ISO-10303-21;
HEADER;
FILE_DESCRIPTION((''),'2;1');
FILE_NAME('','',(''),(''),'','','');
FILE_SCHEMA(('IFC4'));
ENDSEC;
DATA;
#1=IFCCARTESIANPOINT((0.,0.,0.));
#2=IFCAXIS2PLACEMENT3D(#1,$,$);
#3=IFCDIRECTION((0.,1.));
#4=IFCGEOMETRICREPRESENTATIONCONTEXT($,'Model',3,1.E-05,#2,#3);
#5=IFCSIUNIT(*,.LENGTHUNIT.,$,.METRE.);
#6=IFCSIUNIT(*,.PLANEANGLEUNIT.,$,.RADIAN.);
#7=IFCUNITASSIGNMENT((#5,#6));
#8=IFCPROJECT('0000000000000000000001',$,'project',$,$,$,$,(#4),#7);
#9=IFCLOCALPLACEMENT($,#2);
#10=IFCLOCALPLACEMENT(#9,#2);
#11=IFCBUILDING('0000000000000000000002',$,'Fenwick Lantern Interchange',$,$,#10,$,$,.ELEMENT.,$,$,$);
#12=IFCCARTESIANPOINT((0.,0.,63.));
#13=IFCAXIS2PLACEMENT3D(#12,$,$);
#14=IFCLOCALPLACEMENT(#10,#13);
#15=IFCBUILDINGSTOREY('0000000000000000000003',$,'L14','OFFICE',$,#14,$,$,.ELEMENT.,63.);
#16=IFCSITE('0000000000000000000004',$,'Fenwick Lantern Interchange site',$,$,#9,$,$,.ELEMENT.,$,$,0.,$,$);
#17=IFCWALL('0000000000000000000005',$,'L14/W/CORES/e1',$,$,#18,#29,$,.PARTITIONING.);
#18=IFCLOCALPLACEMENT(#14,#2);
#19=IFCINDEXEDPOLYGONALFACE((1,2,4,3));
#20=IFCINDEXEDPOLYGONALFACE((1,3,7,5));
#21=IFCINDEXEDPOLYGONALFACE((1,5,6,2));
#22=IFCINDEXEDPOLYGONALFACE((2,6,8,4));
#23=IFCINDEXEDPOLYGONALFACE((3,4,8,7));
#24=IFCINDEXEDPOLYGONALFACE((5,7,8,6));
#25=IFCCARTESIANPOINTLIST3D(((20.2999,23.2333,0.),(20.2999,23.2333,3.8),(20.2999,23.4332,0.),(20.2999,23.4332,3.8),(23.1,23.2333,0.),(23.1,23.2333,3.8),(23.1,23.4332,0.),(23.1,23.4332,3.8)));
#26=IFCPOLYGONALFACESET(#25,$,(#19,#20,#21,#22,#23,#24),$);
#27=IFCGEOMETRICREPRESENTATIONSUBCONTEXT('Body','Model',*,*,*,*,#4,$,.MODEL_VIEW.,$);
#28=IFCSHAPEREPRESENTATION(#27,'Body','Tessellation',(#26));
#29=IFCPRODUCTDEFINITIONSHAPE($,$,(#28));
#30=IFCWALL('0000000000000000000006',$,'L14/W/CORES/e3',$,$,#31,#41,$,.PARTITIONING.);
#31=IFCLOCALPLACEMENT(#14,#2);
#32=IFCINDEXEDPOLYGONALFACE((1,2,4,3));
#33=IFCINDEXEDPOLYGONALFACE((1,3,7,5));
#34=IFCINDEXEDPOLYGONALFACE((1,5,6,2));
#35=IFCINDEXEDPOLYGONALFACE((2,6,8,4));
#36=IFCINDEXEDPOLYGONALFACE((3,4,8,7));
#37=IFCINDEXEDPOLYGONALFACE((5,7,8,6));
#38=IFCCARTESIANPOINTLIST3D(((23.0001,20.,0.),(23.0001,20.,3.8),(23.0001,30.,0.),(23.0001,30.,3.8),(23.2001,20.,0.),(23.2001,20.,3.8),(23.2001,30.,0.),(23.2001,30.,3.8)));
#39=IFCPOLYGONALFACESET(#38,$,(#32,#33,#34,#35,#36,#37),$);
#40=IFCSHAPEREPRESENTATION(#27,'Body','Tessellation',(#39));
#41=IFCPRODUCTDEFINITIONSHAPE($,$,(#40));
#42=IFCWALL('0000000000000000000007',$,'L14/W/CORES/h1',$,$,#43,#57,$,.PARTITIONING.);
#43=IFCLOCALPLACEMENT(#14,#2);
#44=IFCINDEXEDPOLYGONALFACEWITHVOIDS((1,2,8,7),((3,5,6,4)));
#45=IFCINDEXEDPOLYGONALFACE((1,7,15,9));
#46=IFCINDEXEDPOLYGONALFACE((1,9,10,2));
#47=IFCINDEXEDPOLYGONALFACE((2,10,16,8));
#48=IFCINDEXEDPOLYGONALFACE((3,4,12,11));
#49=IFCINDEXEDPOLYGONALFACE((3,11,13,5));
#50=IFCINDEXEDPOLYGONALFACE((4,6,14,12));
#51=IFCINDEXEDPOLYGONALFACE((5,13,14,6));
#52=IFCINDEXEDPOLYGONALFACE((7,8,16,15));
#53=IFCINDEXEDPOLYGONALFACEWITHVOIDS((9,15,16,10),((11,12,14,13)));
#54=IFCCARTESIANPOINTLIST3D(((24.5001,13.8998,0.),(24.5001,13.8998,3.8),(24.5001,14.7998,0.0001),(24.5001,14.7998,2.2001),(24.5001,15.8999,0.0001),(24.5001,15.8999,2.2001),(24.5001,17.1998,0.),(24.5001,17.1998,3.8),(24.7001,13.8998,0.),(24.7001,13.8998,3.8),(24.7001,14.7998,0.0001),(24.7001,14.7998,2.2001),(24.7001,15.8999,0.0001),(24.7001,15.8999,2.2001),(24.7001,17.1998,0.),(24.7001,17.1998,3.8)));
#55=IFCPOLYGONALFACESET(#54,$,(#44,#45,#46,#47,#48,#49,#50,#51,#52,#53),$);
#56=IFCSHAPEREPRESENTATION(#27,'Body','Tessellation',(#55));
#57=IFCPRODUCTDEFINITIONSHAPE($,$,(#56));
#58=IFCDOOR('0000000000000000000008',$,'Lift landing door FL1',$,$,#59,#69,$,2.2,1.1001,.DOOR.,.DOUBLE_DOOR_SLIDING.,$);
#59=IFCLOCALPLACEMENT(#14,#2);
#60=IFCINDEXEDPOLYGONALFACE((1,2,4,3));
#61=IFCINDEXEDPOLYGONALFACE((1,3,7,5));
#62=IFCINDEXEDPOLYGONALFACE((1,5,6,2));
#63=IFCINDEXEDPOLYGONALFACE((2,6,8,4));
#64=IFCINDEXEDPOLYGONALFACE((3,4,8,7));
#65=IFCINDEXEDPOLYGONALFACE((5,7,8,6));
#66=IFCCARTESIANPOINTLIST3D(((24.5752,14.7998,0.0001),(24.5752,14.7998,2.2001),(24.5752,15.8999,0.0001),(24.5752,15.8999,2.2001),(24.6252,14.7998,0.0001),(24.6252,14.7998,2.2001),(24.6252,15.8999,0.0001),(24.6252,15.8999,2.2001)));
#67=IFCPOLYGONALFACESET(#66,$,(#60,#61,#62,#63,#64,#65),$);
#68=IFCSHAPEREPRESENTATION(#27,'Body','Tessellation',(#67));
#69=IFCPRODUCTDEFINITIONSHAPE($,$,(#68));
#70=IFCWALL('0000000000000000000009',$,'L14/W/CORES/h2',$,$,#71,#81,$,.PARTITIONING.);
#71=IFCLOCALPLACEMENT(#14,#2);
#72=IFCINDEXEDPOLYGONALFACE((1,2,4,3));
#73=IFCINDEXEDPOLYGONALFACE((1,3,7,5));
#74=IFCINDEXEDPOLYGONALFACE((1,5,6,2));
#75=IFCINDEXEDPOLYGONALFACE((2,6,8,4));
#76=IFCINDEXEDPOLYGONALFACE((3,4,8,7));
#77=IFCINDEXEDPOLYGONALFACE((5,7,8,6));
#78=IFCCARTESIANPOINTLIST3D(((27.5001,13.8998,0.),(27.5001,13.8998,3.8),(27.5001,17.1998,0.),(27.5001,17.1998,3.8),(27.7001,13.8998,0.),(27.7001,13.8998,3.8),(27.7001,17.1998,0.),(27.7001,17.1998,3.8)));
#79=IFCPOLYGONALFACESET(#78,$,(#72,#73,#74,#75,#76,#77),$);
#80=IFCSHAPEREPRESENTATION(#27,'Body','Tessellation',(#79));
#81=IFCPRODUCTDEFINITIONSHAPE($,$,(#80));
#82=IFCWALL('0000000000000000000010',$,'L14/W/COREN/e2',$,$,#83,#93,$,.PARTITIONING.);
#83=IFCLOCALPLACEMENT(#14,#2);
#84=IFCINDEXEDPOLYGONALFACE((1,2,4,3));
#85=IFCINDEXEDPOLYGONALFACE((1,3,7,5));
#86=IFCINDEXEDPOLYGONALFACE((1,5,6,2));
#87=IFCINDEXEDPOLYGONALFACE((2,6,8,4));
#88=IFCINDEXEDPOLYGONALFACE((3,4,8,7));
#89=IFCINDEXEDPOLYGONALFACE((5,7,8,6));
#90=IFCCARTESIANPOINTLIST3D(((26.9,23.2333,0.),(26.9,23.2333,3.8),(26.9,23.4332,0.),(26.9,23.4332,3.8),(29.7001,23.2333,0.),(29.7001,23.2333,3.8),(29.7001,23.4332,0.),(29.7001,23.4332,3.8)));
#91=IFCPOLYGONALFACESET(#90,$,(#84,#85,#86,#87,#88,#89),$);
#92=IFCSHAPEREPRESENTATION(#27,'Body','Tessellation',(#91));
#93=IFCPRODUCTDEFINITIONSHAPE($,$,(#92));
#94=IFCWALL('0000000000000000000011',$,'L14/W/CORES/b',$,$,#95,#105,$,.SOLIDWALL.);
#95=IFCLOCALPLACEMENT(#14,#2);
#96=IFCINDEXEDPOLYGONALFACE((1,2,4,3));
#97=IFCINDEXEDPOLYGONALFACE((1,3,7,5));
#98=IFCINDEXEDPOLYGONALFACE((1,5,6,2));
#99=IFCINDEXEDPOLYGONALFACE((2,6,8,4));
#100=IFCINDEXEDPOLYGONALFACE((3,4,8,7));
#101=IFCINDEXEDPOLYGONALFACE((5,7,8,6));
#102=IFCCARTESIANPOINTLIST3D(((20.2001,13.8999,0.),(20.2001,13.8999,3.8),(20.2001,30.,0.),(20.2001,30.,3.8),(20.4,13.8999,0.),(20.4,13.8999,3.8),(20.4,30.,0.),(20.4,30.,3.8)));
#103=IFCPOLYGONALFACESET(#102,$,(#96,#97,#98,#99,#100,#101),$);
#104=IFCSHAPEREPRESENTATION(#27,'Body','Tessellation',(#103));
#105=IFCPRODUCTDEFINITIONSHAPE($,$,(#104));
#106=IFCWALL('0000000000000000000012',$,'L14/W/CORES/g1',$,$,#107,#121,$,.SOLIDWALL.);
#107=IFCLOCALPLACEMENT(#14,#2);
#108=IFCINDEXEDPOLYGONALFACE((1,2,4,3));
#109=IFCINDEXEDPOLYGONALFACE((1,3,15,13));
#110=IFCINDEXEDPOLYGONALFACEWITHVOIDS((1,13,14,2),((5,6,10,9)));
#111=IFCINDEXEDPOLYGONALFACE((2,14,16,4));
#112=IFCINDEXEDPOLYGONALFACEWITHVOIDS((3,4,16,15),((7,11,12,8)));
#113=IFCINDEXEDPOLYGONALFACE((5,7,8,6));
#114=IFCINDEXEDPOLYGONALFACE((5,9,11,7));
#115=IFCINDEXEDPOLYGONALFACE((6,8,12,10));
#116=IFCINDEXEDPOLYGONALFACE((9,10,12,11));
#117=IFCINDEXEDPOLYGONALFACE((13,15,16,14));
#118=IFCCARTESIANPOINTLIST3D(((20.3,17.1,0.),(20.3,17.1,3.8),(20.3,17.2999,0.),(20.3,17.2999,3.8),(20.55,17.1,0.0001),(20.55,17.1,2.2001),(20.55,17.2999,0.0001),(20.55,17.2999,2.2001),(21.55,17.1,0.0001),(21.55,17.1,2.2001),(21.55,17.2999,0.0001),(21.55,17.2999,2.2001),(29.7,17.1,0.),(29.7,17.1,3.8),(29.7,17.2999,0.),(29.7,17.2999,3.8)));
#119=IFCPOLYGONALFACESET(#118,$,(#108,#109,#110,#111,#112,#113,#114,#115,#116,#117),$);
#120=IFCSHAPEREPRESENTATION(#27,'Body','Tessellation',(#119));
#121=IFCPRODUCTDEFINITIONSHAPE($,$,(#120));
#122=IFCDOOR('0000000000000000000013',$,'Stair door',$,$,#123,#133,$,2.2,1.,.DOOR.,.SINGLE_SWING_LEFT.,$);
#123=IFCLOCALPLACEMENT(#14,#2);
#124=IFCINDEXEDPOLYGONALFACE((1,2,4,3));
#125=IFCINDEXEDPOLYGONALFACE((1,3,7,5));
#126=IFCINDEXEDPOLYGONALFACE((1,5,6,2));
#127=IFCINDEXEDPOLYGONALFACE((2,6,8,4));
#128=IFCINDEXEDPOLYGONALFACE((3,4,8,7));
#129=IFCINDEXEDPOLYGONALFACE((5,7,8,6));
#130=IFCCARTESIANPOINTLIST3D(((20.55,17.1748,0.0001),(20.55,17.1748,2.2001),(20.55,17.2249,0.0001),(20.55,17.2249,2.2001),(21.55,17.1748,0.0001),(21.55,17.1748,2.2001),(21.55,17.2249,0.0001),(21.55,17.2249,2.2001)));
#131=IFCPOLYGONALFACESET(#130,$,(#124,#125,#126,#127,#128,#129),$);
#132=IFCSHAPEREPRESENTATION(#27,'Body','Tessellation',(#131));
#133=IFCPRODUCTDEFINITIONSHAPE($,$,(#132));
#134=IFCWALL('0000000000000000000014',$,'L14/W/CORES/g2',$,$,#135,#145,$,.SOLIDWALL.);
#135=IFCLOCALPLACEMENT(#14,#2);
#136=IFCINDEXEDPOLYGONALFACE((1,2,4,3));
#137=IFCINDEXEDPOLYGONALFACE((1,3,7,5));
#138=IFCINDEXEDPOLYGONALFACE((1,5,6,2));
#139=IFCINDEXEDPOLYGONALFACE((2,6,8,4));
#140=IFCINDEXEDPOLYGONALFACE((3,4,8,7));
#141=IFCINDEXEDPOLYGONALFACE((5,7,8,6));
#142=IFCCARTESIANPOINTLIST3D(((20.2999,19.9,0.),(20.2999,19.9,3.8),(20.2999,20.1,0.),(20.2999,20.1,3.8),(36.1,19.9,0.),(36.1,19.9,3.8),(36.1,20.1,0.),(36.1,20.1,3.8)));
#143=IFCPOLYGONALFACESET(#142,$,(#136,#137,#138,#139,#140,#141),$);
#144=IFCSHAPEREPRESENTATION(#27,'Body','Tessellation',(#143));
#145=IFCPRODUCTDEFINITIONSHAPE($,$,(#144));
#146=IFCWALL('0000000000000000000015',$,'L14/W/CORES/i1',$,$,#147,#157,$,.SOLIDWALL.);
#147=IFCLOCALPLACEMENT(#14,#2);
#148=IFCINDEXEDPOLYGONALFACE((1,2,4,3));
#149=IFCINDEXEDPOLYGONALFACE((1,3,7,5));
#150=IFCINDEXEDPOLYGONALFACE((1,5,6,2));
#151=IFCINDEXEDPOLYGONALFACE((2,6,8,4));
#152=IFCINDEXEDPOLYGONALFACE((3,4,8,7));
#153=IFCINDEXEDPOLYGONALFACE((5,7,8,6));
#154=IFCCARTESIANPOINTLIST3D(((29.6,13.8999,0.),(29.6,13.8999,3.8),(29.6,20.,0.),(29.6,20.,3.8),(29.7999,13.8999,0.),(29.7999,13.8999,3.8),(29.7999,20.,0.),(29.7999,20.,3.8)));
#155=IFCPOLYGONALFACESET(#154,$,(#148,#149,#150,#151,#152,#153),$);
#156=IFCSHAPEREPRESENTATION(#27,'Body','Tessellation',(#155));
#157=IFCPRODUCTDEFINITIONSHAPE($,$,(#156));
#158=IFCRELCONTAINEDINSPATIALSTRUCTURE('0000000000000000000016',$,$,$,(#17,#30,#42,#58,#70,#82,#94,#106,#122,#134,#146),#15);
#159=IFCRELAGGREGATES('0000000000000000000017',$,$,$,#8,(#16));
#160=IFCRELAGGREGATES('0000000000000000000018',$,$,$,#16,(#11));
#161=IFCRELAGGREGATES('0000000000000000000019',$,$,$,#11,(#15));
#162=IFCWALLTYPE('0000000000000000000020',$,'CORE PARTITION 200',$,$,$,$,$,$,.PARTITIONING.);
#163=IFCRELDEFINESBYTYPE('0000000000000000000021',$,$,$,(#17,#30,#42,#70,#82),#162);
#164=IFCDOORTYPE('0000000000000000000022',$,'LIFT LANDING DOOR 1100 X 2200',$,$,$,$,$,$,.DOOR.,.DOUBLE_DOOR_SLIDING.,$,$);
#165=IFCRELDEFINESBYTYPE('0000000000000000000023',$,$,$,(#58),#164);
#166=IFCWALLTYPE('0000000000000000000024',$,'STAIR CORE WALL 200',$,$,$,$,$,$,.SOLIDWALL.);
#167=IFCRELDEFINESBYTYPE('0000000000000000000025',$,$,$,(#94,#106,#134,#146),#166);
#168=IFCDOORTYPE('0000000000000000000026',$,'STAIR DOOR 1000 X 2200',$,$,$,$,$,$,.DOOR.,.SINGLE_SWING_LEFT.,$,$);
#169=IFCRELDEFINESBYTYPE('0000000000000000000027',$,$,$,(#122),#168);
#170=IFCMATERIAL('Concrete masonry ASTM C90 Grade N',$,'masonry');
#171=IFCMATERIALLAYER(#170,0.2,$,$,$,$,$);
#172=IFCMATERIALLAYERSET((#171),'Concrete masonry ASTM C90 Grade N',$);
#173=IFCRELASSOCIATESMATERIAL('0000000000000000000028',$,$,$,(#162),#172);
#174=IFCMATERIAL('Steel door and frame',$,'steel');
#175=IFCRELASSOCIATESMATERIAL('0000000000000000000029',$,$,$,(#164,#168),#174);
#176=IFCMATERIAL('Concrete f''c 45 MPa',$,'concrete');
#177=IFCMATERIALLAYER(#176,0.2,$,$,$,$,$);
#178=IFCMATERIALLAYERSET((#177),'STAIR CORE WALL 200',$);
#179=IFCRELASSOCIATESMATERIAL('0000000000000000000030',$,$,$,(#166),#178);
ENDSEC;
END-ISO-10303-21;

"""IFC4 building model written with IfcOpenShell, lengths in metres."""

from ifc_helpers import new_model, si_unit, direction, frame, frame_2d, origin, place, context, subcontext, project, spatial, rectangle, extrude, material, layer, layer_set, type_object, element, fill, save


model = new_model("IFC4")

# Units and contexts
model_context = context("Model", 3, precision=1e-05, world=origin(), true_north=direction((0.0, 1.0)))
body_context = subcontext(model_context, "Body", "Model", "MODEL_VIEW")
ifc_project = project(units=[si_unit("LENGTHUNIT", "METRE"), si_unit("PLANEANGLEUNIT", "RADIAN")], contexts=[model_context])

# Site, building, storey
site_placement = place(None, origin())
site = spatial("IfcSite", under=ifc_project, at=site_placement, Name="Fenwick Lantern Interchange site", CompositionType="ELEMENT", RefElevation=0.0)
building_placement = place(site_placement, origin())
building = spatial("IfcBuilding", under=site, at=building_placement, Name="Fenwick Lantern Interchange", CompositionType="ELEMENT")
storey_placement = place(building_placement, frame((0.0, 0.0, 63.0)))
storey = spatial("IfcBuildingStorey", under=building, at=storey_placement, Name="L14", Description="OFFICE", CompositionType="ELEMENT", Elevation=63.0)

# Walls
ifc_material_1 = material(Name="Concrete masonry ASTM C90 Grade N", Category="masonry")
ifc_layer_1 = layer(ifc_material_1, 0.2)
ifc_layer_set_1 = layer_set([ifc_layer_1], Name="Concrete masonry ASTM C90 Grade N")
wall_type_1 = type_object("IfcWallType", Name="CORE PARTITION 200", PredefinedType="PARTITIONING", material=ifc_layer_set_1)
wall_1_placement = place(storey_placement, frame((20.3, 23.3333, 0.0), z_axis=(0.0, 0.0, 1.0), x_axis=(1.0, 0.0, 0.0)))
element("IfcWall", 1, at=wall_1_placement, inside=storey, type_object=wall_type_1, Name="L14/W/CORES/e1", PredefinedType="PARTITIONING", context=body_context, shape_type="SweptSolid", body=[
    extrude(rectangle(XDim=2.8, YDim=0.2, at=frame_2d((1.3999, 0.0))), origin(), (0.0, 0.0, 1.0), 3.8),
])
wall_2_placement = place(storey_placement, frame((23.1001, 20.0, 0.0), z_axis=(0.0, 0.0, 1.0), x_axis=(0.0, 1.0, 0.0)))
element("IfcWall", 2, at=wall_2_placement, inside=storey, type_object=wall_type_1, Name="L14/W/CORES/e3", PredefinedType="PARTITIONING", context=body_context, shape_type="SweptSolid", body=[
    extrude(rectangle(XDim=10.0, YDim=0.2, at=frame_2d((5.0, 0.0))), origin(), (0.0, 0.0, 1.0), 3.8),
])

# Wall, opening, door
wall_3_placement = place(storey_placement, frame((24.6001, 13.8999, 0.0), z_axis=(0.0, 0.0, 1.0), x_axis=(0.0, 1.0, 0.0)))
wall_3 = element("IfcWall", 3, at=wall_3_placement, inside=storey, type_object=wall_type_1, Name="L14/W/CORES/h1", PredefinedType="PARTITIONING", context=body_context, shape_type="SweptSolid", body=[
    extrude(rectangle(XDim=3.3, YDim=0.2, at=frame_2d((1.6499, 0.0))), origin(), (0.0, 0.0, 1.0), 3.8),
])
opening_1_placement = place(wall_3_placement, frame((0.8999, 0.0, 0.0)))
opening_1 = element("IfcOpeningElement", 4, at=opening_1_placement, cuts=wall_3, PredefinedType="OPENING", context=body_context, shape_type="SweptSolid", body=[
    extrude(rectangle(XDim=1.1001, YDim=2.2, at=frame_2d((0.55, 1.1001))), frame((0.0, 0.1099, 0.0), z_axis=(0.0, -1.0, 0.0), x_axis=(1.0, 0.0, 0.0)), (0.0, 0.0, 1.0), 0.22),
])
ifc_material_2 = material(Name="Steel door and frame", Category="steel")
door_type_1 = type_object("IfcDoorType", Name="LIFT LANDING DOOR 1100 X 2200", OperationType="DOUBLE_DOOR_SLIDING", PredefinedType="DOOR", material=ifc_material_2)
door_1_placement = place(opening_1_placement, origin())
door_1 = element("IfcDoor", 5, at=door_1_placement, inside=storey, type_object=door_type_1, Name="Lift landing door FL1", OperationType="DOUBLE_DOOR_SLIDING", OverallHeight=2.2, OverallWidth=1.1001, PredefinedType="DOOR", context=body_context, shape_type="SweptSolid", body=[
    extrude(rectangle(XDim=1.1001, YDim=2.2, at=frame_2d((0.55, 1.1001))), frame((0.0, 0.0249, 0.0), z_axis=(0.0, -1.0, 0.0), x_axis=(1.0, 0.0, 0.0)), (0.0, 0.0, 1.0), 0.05),
])
fill(opening_1, door_1)

# Walls
wall_4_placement = place(storey_placement, frame((27.6001, 13.8999, 0.0), z_axis=(0.0, 0.0, 1.0), x_axis=(0.0, 1.0, 0.0)))
element("IfcWall", 6, at=wall_4_placement, inside=storey, type_object=wall_type_1, Name="L14/W/CORES/h2", PredefinedType="PARTITIONING", context=body_context, shape_type="SweptSolid", body=[
    extrude(rectangle(XDim=3.3, YDim=0.2, at=frame_2d((1.6499, 0.0))), origin(), (0.0, 0.0, 1.0), 3.8),
])
wall_5_placement = place(storey_placement, frame((29.7, 23.3333, 0.0), z_axis=(0.0, 0.0, 1.0), x_axis=(-1.0, 0.0, 0.0)))
element("IfcWall", 7, at=wall_5_placement, inside=storey, type_object=wall_type_1, Name="L14/W/COREN/e2", PredefinedType="PARTITIONING", context=body_context, shape_type="SweptSolid", body=[
    extrude(rectangle(XDim=2.8, YDim=0.2, at=frame_2d((1.3999, 0.0))), origin(), (0.0, 0.0, 1.0), 3.8),
])
ifc_material_3 = material(Name="Concrete f'c 45 MPa", Category="concrete")
ifc_layer_2 = layer(ifc_material_3, 0.2)
ifc_layer_set_2 = layer_set([ifc_layer_2], Name="STAIR CORE WALL 200")
wall_type_2 = type_object("IfcWallType", Name="STAIR CORE WALL 200", PredefinedType="SOLIDWALL", material=ifc_layer_set_2)
wall_6_placement = place(storey_placement, frame((20.3, 13.8999, 0.0), z_axis=(0.0, 0.0, 1.0), x_axis=(0.0, 1.0, 0.0)))
element("IfcWall", 8, at=wall_6_placement, inside=storey, type_object=wall_type_2, Name="L14/W/CORES/b", PredefinedType="SOLIDWALL", context=body_context, shape_type="SweptSolid", body=[
    extrude(rectangle(XDim=16.1001, YDim=0.2, at=frame_2d((8.05, 0.0))), origin(), (0.0, 0.0, 1.0), 3.8),
])

# Wall, opening, door
wall_7_placement = place(storey_placement, frame((20.3, 17.2, 0.0), z_axis=(0.0, 0.0, 1.0), x_axis=(1.0, 0.0, 0.0)))
wall_7 = element("IfcWall", 9, at=wall_7_placement, inside=storey, type_object=wall_type_2, Name="L14/W/CORES/g1", PredefinedType="SOLIDWALL", context=body_context, shape_type="SweptSolid", body=[
    extrude(rectangle(XDim=9.3999, YDim=0.2, at=frame_2d((4.7, 0.0))), origin(), (0.0, 0.0, 1.0), 3.8),
])
opening_2_placement = place(wall_7_placement, frame((0.25, 0.0, 0.0)))
opening_2 = element("IfcOpeningElement", 10, at=opening_2_placement, cuts=wall_7, PredefinedType="OPENING", context=body_context, shape_type="SweptSolid", body=[
    extrude(rectangle(XDim=1.0, YDim=2.2, at=frame_2d((0.5, 1.1001))), frame((0.0, 0.1099, 0.0), z_axis=(0.0, -1.0, 0.0), x_axis=(1.0, 0.0, 0.0)), (0.0, 0.0, 1.0), 0.22),
])
door_type_2 = type_object("IfcDoorType", Name="STAIR DOOR 1000 X 2200", OperationType="SINGLE_SWING_LEFT", PredefinedType="DOOR", material=ifc_material_2)
door_2_placement = place(opening_2_placement, origin())
door_2 = element("IfcDoor", 11, at=door_2_placement, inside=storey, type_object=door_type_2, Name="Stair door", OperationType="SINGLE_SWING_LEFT", OverallHeight=2.2, OverallWidth=1.0, PredefinedType="DOOR", context=body_context, shape_type="SweptSolid", body=[
    extrude(rectangle(XDim=1.0, YDim=2.2, at=frame_2d((0.5, 1.1001))), frame((0.0, 0.0249, 0.0), z_axis=(0.0, -1.0, 0.0), x_axis=(1.0, 0.0, 0.0)), (0.0, 0.0, 1.0), 0.05),
])
fill(opening_2, door_2)

# Walls
wall_8_placement = place(storey_placement, frame((20.3, 20.0, 0.0), z_axis=(0.0, 0.0, 1.0), x_axis=(1.0, 0.0, 0.0)))
element("IfcWall", 12, at=wall_8_placement, inside=storey, type_object=wall_type_2, Name="L14/W/CORES/g2", PredefinedType="SOLIDWALL", context=body_context, shape_type="SweptSolid", body=[
    extrude(rectangle(XDim=15.8, YDim=0.2, at=frame_2d((7.8999, 0.0))), origin(), (0.0, 0.0, 1.0), 3.8),
])
wall_9_placement = place(storey_placement, frame((29.7, 13.8999, 0.0), z_axis=(0.0, 0.0, 1.0), x_axis=(0.0, 1.0, 0.0)))
element("IfcWall", 13, at=wall_9_placement, inside=storey, type_object=wall_type_2, Name="L14/W/CORES/i1", PredefinedType="SOLIDWALL", context=body_context, shape_type="SweptSolid", body=[
    extrude(rectangle(XDim=6.1001, YDim=0.2, at=frame_2d((3.05, 0.0))), origin(), (0.0, 0.0, 1.0), 3.8),
])

save(model, "model.ifc")
